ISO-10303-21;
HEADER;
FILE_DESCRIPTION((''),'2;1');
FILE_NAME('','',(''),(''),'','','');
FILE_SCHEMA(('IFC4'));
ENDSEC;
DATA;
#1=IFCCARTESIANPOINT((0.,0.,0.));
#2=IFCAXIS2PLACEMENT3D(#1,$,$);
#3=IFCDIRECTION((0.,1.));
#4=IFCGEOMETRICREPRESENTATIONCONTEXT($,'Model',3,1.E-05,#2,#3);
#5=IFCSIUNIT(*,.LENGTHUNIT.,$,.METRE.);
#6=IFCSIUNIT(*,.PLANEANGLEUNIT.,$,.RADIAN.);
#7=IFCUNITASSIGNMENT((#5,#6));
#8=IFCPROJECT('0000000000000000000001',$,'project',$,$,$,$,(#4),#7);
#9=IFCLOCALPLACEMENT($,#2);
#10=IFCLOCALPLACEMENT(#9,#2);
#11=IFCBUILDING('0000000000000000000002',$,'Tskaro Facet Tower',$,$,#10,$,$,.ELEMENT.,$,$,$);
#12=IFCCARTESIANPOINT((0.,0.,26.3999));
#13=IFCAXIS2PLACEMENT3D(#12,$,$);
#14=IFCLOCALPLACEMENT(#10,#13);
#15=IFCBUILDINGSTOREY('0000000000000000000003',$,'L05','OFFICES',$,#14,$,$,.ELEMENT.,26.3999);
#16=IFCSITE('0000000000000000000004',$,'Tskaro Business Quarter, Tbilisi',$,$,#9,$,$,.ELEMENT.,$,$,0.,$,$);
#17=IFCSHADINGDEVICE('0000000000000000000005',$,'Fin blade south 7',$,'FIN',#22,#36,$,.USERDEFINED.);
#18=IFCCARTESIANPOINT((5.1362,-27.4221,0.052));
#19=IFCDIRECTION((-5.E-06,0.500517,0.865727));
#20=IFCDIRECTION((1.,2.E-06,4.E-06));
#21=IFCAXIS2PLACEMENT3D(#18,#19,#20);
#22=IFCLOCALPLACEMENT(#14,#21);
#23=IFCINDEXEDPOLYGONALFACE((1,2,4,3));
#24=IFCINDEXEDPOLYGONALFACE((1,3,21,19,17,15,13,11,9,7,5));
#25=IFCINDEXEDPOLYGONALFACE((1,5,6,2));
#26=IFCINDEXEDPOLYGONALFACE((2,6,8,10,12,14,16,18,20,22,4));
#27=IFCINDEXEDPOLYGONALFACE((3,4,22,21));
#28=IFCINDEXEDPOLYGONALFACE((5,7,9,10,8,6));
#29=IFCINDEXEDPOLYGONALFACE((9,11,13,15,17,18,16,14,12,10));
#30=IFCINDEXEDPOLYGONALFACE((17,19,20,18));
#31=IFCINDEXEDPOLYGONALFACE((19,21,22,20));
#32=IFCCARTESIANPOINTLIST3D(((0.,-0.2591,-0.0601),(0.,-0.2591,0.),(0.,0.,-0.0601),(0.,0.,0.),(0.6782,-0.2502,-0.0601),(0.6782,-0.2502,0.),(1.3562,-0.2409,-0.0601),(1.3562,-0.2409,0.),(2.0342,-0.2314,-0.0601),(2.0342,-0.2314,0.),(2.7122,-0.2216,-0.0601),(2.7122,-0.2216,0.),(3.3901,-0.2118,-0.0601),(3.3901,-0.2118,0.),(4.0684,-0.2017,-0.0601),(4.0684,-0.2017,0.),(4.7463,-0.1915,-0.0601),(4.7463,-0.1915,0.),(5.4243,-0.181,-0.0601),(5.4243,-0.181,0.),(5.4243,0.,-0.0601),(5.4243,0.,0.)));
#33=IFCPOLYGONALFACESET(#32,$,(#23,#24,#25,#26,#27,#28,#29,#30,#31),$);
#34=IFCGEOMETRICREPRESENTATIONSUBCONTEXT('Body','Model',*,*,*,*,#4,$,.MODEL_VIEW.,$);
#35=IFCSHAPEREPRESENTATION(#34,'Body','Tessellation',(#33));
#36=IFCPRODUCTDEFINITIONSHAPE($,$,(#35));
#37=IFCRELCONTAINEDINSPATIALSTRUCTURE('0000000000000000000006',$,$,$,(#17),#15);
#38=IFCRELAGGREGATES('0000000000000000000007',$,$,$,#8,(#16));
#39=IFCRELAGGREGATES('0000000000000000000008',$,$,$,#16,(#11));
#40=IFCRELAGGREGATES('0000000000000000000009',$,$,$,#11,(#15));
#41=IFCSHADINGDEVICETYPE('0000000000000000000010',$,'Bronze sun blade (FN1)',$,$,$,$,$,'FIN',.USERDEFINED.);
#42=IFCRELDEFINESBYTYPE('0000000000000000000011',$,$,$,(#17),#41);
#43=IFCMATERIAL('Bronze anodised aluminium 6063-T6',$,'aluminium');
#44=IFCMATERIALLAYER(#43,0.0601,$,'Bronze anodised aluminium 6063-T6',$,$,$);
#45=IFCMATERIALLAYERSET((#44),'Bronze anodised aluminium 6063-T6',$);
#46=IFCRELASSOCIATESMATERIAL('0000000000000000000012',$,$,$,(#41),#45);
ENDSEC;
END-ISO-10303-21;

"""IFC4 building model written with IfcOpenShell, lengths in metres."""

from ifc_helpers import new_model, si_unit, direction, frame, origin, place, context, subcontext, project, spatial, polyline, outline, extrude, material, layer, layer_set, type_object, element, save


model = new_model("IFC4")

# Units and contexts
model_context = context("Model", 3, precision=1e-05, world=origin(), true_north=direction((0.0, 1.0)))
body_context = subcontext(model_context, "Body", "Model", "MODEL_VIEW")
ifc_project = project(units=[si_unit("LENGTHUNIT", "METRE"), si_unit("PLANEANGLEUNIT", "RADIAN")], contexts=[model_context])

# Site, building, storey
site_placement = place(None, origin())
site = spatial("IfcSite", under=ifc_project, at=site_placement, Name="Tskaro Business Quarter, Tbilisi", CompositionType="ELEMENT", RefElevation=0.0)
building_placement = place(site_placement, origin())
building = spatial("IfcBuilding", under=site, at=building_placement, Name="Tskaro Facet Tower", CompositionType="ELEMENT")
storey_placement = place(building_placement, frame((0.0, 0.0, 26.3999)))
storey = spatial("IfcBuildingStorey", under=building, at=storey_placement, Name="L05", Description="OFFICES", CompositionType="ELEMENT", Elevation=26.3999)

# Shared definitions
ifc_material_1 = material(Name="Bronze anodised aluminium 6063-T6", Category="aluminium")

# Shading device
ifc_layer_1 = layer(ifc_material_1, 0.0601, Name="Bronze anodised aluminium 6063-T6")
ifc_layer_set_1 = layer_set([ifc_layer_1], Name="Bronze anodised aluminium 6063-T6")
shading_device_type = type_object("IfcShadingDeviceType", Name="Bronze sun blade (FN1)", ElementType="FIN", PredefinedType="USERDEFINED", material=ifc_layer_set_1)
shading_device_1_placement = place(storey_placement, frame((5.1362, -27.4221, 0.052), z_axis=(-0.000005, 0.500517, 0.865727), x_axis=(1.0, 0.000002, 0.000004)))
element("IfcShadingDevice", 1, at=shading_device_1_placement, inside=storey, type_object=shading_device_type, Name="Fin blade south 7", ObjectType="FIN", PredefinedType="USERDEFINED", context=body_context, shape_type="SweptSolid", body=[
    extrude(outline(polyline([(0.0, 0.0), (5.4243, 0.0), (5.4243, -0.181), (4.7463, -0.1915), (4.0684, -0.2017), (3.3901, -0.2118), (2.7122, -0.2216), (2.0342, -0.2314), (1.3562, -0.2409), (0.6782, -0.2502), (0.0, -0.2591), (0.0, 0.0)])), origin(), (0.0, 0.0, -1.0), 0.0601),
])

save(model, "model.ifc")
